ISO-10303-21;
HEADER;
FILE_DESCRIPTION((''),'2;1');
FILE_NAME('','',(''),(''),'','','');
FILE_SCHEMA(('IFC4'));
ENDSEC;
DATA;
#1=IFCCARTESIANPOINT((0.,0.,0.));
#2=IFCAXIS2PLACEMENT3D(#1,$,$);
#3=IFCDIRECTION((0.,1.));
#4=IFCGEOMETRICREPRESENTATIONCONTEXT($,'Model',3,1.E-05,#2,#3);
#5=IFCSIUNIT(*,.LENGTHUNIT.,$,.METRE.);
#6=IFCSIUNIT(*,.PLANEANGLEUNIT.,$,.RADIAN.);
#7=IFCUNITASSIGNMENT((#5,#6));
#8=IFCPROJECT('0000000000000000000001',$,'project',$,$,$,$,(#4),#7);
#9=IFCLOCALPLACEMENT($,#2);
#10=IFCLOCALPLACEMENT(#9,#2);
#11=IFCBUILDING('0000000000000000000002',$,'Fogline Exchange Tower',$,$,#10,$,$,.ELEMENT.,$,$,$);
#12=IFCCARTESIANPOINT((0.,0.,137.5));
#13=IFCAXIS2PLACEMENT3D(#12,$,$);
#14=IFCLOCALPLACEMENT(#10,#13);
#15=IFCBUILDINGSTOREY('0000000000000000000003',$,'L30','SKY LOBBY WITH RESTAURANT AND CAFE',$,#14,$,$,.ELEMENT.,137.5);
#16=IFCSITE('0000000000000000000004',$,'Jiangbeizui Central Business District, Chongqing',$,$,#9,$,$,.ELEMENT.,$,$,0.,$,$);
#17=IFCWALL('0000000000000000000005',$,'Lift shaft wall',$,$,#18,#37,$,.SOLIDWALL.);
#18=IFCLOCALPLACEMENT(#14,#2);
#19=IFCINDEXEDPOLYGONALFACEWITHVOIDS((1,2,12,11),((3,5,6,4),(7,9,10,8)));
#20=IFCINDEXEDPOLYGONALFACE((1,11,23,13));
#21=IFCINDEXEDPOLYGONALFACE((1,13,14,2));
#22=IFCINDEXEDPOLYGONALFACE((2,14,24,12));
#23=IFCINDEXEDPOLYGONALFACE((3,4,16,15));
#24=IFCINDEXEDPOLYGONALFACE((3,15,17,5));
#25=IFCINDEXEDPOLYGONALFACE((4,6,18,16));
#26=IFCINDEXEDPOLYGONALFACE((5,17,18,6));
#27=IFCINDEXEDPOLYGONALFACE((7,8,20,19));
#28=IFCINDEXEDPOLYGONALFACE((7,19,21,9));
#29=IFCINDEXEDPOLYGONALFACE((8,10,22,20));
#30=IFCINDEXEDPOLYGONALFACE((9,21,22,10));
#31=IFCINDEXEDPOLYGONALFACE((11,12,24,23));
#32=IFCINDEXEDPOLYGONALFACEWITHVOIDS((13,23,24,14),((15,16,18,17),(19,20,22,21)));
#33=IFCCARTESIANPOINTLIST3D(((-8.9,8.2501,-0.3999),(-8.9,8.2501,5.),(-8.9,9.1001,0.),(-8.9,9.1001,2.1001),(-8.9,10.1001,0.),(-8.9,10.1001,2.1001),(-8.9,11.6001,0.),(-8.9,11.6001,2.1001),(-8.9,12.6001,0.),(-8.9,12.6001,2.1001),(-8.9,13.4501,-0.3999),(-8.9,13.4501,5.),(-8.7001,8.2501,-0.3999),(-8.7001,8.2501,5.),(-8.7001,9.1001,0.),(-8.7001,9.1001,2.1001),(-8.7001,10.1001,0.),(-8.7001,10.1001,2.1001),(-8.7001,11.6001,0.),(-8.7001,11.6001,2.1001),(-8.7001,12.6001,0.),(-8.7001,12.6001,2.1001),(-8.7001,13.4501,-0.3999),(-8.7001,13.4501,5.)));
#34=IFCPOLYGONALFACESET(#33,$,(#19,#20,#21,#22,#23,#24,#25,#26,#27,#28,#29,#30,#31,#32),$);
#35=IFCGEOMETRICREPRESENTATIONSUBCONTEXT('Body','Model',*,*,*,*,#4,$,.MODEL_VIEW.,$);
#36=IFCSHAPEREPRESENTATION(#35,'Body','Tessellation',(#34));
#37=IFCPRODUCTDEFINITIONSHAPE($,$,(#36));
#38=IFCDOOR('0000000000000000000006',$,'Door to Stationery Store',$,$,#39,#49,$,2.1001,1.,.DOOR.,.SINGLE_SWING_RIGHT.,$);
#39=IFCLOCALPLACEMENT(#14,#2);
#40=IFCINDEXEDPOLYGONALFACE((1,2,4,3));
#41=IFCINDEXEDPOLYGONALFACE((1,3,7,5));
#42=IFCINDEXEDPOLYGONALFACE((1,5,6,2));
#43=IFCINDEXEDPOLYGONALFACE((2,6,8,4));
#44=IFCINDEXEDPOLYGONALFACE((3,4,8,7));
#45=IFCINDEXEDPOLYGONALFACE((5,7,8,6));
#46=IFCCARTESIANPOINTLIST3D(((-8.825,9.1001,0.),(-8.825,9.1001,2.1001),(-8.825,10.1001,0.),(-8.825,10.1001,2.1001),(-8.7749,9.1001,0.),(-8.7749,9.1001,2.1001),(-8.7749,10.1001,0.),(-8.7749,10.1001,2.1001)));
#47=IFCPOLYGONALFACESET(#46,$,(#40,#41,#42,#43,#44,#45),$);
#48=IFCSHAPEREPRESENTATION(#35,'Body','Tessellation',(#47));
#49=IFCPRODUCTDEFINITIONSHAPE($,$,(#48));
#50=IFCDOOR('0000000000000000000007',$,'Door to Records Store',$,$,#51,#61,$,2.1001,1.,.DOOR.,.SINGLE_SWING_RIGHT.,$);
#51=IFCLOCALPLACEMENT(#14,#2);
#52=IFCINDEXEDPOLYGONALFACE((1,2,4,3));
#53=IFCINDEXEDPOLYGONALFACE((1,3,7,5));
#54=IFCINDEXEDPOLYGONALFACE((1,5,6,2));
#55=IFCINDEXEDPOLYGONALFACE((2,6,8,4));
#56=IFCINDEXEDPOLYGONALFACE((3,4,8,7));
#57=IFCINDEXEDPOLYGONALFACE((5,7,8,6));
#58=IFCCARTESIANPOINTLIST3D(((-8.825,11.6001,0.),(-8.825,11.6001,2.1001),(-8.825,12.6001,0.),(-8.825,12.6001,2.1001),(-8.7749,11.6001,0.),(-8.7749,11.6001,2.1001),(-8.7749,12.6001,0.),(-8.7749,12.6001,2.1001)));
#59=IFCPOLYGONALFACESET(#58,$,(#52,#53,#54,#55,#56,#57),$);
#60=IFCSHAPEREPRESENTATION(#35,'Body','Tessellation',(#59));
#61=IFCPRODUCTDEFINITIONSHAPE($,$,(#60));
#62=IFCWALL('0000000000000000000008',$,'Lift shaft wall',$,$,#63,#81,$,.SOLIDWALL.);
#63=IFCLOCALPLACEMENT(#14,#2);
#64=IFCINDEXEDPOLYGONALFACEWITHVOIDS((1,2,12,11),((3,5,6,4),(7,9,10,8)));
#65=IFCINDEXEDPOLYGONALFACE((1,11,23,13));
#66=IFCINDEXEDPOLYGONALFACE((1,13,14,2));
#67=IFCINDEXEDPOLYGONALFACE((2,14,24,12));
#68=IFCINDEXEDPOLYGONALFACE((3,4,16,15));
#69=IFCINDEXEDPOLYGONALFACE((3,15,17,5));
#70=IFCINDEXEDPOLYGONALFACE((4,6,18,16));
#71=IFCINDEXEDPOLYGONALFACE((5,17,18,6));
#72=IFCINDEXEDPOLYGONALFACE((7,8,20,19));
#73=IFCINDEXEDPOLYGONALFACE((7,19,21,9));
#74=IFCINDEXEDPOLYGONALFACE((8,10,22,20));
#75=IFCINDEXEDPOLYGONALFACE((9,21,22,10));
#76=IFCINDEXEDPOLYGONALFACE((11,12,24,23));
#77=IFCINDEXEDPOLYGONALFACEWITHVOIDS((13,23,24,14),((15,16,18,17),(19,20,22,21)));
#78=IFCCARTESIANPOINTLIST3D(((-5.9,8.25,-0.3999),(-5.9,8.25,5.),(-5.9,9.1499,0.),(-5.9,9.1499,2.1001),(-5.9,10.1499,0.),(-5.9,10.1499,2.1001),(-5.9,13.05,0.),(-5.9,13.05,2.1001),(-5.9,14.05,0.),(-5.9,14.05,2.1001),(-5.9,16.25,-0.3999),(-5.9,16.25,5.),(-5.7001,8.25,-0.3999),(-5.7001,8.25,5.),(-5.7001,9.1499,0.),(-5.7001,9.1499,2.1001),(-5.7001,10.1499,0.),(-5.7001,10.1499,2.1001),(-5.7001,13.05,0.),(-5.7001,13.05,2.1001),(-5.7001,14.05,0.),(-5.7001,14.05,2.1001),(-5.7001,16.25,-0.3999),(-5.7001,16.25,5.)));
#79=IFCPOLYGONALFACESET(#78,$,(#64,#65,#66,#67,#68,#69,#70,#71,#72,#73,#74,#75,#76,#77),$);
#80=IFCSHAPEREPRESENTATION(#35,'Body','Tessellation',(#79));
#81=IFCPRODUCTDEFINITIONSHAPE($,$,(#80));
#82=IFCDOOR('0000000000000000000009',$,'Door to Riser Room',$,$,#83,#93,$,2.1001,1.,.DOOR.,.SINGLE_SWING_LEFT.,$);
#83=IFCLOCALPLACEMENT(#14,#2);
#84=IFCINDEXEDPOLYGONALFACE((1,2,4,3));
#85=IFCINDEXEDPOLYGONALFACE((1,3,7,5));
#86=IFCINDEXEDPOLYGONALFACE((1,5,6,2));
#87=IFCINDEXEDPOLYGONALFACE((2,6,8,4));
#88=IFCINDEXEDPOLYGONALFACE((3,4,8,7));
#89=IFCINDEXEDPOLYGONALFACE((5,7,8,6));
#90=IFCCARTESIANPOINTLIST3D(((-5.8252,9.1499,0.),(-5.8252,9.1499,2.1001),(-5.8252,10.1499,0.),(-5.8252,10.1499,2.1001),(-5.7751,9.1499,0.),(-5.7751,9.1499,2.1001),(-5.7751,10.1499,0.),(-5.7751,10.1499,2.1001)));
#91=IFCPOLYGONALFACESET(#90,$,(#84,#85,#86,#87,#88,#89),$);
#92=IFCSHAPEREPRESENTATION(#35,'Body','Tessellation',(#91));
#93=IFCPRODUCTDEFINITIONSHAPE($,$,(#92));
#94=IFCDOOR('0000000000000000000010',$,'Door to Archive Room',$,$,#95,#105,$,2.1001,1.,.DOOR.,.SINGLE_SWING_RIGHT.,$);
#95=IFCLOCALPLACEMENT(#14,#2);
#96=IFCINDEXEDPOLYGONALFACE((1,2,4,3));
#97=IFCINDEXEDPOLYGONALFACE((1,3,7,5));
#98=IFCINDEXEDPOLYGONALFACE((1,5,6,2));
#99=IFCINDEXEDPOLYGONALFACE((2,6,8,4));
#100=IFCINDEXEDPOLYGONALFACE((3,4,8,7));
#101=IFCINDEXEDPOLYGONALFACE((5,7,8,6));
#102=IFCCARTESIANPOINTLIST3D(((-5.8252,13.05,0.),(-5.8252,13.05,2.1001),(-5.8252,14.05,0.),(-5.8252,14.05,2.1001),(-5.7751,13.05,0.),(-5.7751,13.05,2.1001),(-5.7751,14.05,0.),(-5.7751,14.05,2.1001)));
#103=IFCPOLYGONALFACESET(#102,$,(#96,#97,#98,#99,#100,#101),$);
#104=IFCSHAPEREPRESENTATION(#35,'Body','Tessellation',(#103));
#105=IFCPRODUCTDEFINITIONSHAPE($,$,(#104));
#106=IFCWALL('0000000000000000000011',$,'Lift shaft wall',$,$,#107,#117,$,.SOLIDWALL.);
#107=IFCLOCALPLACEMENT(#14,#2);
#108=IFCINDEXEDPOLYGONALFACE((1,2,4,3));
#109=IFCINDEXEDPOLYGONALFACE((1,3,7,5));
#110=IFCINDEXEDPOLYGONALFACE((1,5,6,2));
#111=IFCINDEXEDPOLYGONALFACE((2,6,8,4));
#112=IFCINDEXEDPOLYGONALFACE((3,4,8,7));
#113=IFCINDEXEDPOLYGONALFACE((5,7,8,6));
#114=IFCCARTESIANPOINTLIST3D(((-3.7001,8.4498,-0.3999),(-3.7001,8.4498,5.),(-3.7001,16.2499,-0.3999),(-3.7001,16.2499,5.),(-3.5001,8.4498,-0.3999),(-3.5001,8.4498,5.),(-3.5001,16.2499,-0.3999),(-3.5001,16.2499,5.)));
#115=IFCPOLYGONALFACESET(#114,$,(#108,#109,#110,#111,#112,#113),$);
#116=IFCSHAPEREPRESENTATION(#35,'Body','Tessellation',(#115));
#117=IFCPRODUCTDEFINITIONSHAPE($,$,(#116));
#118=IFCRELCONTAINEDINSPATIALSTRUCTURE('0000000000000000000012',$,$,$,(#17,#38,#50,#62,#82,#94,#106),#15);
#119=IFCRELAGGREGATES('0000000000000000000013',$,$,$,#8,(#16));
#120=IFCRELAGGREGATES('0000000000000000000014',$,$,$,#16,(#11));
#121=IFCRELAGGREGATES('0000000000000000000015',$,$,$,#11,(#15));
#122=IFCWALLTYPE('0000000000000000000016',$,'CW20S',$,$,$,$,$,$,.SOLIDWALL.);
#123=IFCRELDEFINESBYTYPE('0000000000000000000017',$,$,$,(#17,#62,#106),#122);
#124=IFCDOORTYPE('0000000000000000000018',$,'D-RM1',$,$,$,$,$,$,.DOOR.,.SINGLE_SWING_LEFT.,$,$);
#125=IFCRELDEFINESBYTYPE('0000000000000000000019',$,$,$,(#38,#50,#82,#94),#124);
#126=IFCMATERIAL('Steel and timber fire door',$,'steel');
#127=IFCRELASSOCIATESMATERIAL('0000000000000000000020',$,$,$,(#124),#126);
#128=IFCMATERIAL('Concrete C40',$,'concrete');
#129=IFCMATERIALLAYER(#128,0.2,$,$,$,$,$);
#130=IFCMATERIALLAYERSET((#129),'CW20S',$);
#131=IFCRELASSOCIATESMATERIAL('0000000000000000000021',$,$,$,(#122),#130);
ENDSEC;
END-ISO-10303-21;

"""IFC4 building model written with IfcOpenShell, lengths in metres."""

from ifc_helpers import new_model, si_unit, direction, frame, frame_2d, origin, place, context, subcontext, project, spatial, rectangle, extrude, material, layer, layer_set, type_object, element, fill, save


model = new_model("IFC4")

# Units and contexts
model_context = context("Model", 3, precision=1e-05, world=origin(), true_north=direction((0.0, 1.0)))
body_context = subcontext(model_context, "Body", "Model", "MODEL_VIEW")
ifc_project = project(units=[si_unit("LENGTHUNIT", "METRE"), si_unit("PLANEANGLEUNIT", "RADIAN")], contexts=[model_context])

# Site, building, storey
site_placement = place(None, origin())
site = spatial("IfcSite", under=ifc_project, at=site_placement, Name="Jiangbeizui Central Business District, Chongqing", CompositionType="ELEMENT", RefElevation=0.0)
building_placement = place(site_placement, origin())
building = spatial("IfcBuilding", under=site, at=building_placement, Name="Fogline Exchange Tower", CompositionType="ELEMENT")
storey_placement = place(building_placement, frame((0.0, 0.0, 137.5)))
storey = spatial("IfcBuildingStorey", under=building, at=storey_placement, Name="L30", Description="SKY LOBBY WITH RESTAURANT AND CAFE", CompositionType="ELEMENT", Elevation=137.5)

# Shared definitions
ifc_material_1 = material(Name="Steel and timber fire door", Category="steel")

# Shared definitions
ifc_material_2 = material(Name="Concrete C40", Category="concrete")

# Shared definitions
door_type_1 = type_object("IfcDoorType", Name="D-RM1", OperationType="SINGLE_SWING_LEFT", PredefinedType="DOOR", material=ifc_material_1)

# Walls, openings, doors
ifc_layer_1 = layer(ifc_material_2, 0.2)
ifc_layer_set_1 = layer_set([ifc_layer_1], Name="CW20S")
wall_type_1 = type_object("IfcWallType", Name="CW20S", PredefinedType="SOLIDWALL", material=ifc_layer_set_1)
wall_1_placement = place(storey_placement, frame((-8.8, 8.25, -0.3999), z_axis=(0.0, 0.0, 1.0), x_axis=(0.0, 1.0, 0.0)))
wall_1 = element("IfcWall", 1, at=wall_1_placement, inside=storey, type_object=wall_type_1, Name="Lift shaft wall", PredefinedType="SOLIDWALL", context=body_context, shape_type="SweptSolid", body=[
    extrude(rectangle(XDim=5.2, YDim=0.2, at=frame_2d((2.6001, 0.0))), origin(), (0.0, 0.0, 1.0), 5.3999),
])
opening_1_placement = place(wall_1_placement, frame((0.8501, 0.0, 0.3999)))
opening_1 = element("IfcOpeningElement", 2, at=opening_1_placement, cuts=wall_1, PredefinedType="OPENING", context=body_context, shape_type="SweptSolid", body=[
    extrude(rectangle(XDim=1.0, YDim=2.1001, at=frame_2d((0.5, 1.05))), frame((0.0, 0.1099, 0.0), z_axis=(0.0, -1.0, 0.0), x_axis=(1.0, 0.0, 0.0)), (0.0, 0.0, 1.0), 0.22),
])
opening_2_placement = place(wall_1_placement, frame((3.3501, 0.0, 0.3999)))
opening_2 = element("IfcOpeningElement", 3, at=opening_2_placement, cuts=wall_1, PredefinedType="OPENING", context=body_context, shape_type="SweptSolid", body=[
    extrude(rectangle(XDim=1.0, YDim=2.1001, at=frame_2d((0.5, 1.05))), frame((0.0, 0.1099, 0.0), z_axis=(0.0, -1.0, 0.0), x_axis=(1.0, 0.0, 0.0)), (0.0, 0.0, 1.0), 0.22),
])
door_1_placement = place(opening_1_placement, origin())
door_1 = element("IfcDoor", 4, at=door_1_placement, inside=storey, type_object=door_type_1, Name="Door to Stationery Store", OperationType="SINGLE_SWING_RIGHT", OverallHeight=2.1001, OverallWidth=1.0, PredefinedType="DOOR", context=body_context, shape_type="SweptSolid", body=[
    extrude(rectangle(XDim=1.0, YDim=2.1001, at=frame_2d((0.5, 1.05))), frame((0.0, 0.0249, 0.0), z_axis=(0.0, -1.0, 0.0), x_axis=(1.0, 0.0, 0.0)), (0.0, 0.0, 1.0), 0.05),
])
fill(opening_1, door_1)
door_2_placement = place(opening_2_placement, origin())
door_2 = element("IfcDoor", 5, at=door_2_placement, inside=storey, type_object=door_type_1, Name="Door to Records Store", OperationType="SINGLE_SWING_RIGHT", OverallHeight=2.1001, OverallWidth=1.0, PredefinedType="DOOR", context=body_context, shape_type="SweptSolid", body=[
    extrude(rectangle(XDim=1.0, YDim=2.1001, at=frame_2d((0.5, 1.05))), frame((0.0, 0.0249, 0.0), z_axis=(0.0, -1.0, 0.0), x_axis=(1.0, 0.0, 0.0)), (0.0, 0.0, 1.0), 0.05),
])
fill(opening_2, door_2)
wall_2_placement = place(storey_placement, frame((-5.8, 8.25, -0.3999), z_axis=(0.0, 0.0, 1.0), x_axis=(0.0, 1.0, 0.0)))
wall_2 = element("IfcWall", 6, at=wall_2_placement, inside=storey, type_object=wall_type_1, Name="Lift shaft wall", PredefinedType="SOLIDWALL", context=body_context, shape_type="SweptSolid", body=[
    extrude(rectangle(XDim=8.0, YDim=0.2, at=frame_2d((4.0, 0.0))), origin(), (0.0, 0.0, 1.0), 5.3999),
])
opening_3_placement = place(wall_2_placement, frame((0.8999, 0.0, 0.3999)))
opening_3 = element("IfcOpeningElement", 7, at=opening_3_placement, cuts=wall_2, PredefinedType="OPENING", context=body_context, shape_type="SweptSolid", body=[
    extrude(rectangle(XDim=1.0, YDim=2.1001, at=frame_2d((0.5, 1.05))), frame((0.0, 0.1099, 0.0), z_axis=(0.0, -1.0, 0.0), x_axis=(1.0, 0.0, 0.0)), (0.0, 0.0, 1.0), 0.22),
])
opening_4_placement = place(wall_2_placement, frame((4.8, 0.0, 0.3999)))
opening_4 = element("IfcOpeningElement", 8, at=opening_4_placement, cuts=wall_2, PredefinedType="OPENING", context=body_context, shape_type="SweptSolid", body=[
    extrude(rectangle(XDim=1.0, YDim=2.1001, at=frame_2d((0.5, 1.05))), frame((0.0, 0.1099, 0.0), z_axis=(0.0, -1.0, 0.0), x_axis=(1.0, 0.0, 0.0)), (0.0, 0.0, 1.0), 0.22),
])
door_3_placement = place(opening_3_placement, frame((1.0, 0.0, 0.0), z_axis=(0.0, 0.0, 1.0), x_axis=(-1.0, 0.0, 0.0)))
door_3 = element("IfcDoor", 9, at=door_3_placement, inside=storey, type_object=door_type_1, Name="Door to Riser Room", OperationType="SINGLE_SWING_LEFT", OverallHeight=2.1001, OverallWidth=1.0, PredefinedType="DOOR", context=body_context, shape_type="SweptSolid", body=[
    extrude(rectangle(XDim=1.0, YDim=2.1001, at=frame_2d((0.5, 1.05))), frame((0.0, 0.0249, 0.0), z_axis=(0.0, -1.0, 0.0), x_axis=(1.0, 0.0, 0.0)), (0.0, 0.0, 1.0), 0.05),
])
fill(opening_3, door_3)
door_4_placement = place(opening_4_placement, frame((1.0, 0.0, 0.0), z_axis=(0.0, 0.0, 1.0), x_axis=(-1.0, 0.0, 0.0)))
door_4 = element("IfcDoor", 10, at=door_4_placement, inside=storey, type_object=door_type_1, Name="Door to Archive Room", OperationType="SINGLE_SWING_RIGHT", OverallHeight=2.1001, OverallWidth=1.0, PredefinedType="DOOR", context=body_context, shape_type="SweptSolid", body=[
    extrude(rectangle(XDim=1.0, YDim=2.1001, at=frame_2d((0.5, 1.05))), frame((0.0, 0.0249, 0.0), z_axis=(0.0, -1.0, 0.0), x_axis=(1.0, 0.0, 0.0)), (0.0, 0.0, 1.0), 0.05),
])
fill(opening_4, door_4)

# Wall
wall_3_placement = place(storey_placement, frame((-3.6001, 8.45, -0.3999), z_axis=(0.0, 0.0, 1.0), x_axis=(0.0, 1.0, 0.0)))
element("IfcWall", 11, at=wall_3_placement, inside=storey, type_object=wall_type_1, Name="Lift shaft wall", PredefinedType="SOLIDWALL", context=body_context, shape_type="SweptSolid", body=[
    extrude(rectangle(XDim=7.8, YDim=0.2, at=frame_2d((3.8999, 0.0))), origin(), (0.0, 0.0, 1.0), 5.3999),
])

save(model, "model.ifc")
